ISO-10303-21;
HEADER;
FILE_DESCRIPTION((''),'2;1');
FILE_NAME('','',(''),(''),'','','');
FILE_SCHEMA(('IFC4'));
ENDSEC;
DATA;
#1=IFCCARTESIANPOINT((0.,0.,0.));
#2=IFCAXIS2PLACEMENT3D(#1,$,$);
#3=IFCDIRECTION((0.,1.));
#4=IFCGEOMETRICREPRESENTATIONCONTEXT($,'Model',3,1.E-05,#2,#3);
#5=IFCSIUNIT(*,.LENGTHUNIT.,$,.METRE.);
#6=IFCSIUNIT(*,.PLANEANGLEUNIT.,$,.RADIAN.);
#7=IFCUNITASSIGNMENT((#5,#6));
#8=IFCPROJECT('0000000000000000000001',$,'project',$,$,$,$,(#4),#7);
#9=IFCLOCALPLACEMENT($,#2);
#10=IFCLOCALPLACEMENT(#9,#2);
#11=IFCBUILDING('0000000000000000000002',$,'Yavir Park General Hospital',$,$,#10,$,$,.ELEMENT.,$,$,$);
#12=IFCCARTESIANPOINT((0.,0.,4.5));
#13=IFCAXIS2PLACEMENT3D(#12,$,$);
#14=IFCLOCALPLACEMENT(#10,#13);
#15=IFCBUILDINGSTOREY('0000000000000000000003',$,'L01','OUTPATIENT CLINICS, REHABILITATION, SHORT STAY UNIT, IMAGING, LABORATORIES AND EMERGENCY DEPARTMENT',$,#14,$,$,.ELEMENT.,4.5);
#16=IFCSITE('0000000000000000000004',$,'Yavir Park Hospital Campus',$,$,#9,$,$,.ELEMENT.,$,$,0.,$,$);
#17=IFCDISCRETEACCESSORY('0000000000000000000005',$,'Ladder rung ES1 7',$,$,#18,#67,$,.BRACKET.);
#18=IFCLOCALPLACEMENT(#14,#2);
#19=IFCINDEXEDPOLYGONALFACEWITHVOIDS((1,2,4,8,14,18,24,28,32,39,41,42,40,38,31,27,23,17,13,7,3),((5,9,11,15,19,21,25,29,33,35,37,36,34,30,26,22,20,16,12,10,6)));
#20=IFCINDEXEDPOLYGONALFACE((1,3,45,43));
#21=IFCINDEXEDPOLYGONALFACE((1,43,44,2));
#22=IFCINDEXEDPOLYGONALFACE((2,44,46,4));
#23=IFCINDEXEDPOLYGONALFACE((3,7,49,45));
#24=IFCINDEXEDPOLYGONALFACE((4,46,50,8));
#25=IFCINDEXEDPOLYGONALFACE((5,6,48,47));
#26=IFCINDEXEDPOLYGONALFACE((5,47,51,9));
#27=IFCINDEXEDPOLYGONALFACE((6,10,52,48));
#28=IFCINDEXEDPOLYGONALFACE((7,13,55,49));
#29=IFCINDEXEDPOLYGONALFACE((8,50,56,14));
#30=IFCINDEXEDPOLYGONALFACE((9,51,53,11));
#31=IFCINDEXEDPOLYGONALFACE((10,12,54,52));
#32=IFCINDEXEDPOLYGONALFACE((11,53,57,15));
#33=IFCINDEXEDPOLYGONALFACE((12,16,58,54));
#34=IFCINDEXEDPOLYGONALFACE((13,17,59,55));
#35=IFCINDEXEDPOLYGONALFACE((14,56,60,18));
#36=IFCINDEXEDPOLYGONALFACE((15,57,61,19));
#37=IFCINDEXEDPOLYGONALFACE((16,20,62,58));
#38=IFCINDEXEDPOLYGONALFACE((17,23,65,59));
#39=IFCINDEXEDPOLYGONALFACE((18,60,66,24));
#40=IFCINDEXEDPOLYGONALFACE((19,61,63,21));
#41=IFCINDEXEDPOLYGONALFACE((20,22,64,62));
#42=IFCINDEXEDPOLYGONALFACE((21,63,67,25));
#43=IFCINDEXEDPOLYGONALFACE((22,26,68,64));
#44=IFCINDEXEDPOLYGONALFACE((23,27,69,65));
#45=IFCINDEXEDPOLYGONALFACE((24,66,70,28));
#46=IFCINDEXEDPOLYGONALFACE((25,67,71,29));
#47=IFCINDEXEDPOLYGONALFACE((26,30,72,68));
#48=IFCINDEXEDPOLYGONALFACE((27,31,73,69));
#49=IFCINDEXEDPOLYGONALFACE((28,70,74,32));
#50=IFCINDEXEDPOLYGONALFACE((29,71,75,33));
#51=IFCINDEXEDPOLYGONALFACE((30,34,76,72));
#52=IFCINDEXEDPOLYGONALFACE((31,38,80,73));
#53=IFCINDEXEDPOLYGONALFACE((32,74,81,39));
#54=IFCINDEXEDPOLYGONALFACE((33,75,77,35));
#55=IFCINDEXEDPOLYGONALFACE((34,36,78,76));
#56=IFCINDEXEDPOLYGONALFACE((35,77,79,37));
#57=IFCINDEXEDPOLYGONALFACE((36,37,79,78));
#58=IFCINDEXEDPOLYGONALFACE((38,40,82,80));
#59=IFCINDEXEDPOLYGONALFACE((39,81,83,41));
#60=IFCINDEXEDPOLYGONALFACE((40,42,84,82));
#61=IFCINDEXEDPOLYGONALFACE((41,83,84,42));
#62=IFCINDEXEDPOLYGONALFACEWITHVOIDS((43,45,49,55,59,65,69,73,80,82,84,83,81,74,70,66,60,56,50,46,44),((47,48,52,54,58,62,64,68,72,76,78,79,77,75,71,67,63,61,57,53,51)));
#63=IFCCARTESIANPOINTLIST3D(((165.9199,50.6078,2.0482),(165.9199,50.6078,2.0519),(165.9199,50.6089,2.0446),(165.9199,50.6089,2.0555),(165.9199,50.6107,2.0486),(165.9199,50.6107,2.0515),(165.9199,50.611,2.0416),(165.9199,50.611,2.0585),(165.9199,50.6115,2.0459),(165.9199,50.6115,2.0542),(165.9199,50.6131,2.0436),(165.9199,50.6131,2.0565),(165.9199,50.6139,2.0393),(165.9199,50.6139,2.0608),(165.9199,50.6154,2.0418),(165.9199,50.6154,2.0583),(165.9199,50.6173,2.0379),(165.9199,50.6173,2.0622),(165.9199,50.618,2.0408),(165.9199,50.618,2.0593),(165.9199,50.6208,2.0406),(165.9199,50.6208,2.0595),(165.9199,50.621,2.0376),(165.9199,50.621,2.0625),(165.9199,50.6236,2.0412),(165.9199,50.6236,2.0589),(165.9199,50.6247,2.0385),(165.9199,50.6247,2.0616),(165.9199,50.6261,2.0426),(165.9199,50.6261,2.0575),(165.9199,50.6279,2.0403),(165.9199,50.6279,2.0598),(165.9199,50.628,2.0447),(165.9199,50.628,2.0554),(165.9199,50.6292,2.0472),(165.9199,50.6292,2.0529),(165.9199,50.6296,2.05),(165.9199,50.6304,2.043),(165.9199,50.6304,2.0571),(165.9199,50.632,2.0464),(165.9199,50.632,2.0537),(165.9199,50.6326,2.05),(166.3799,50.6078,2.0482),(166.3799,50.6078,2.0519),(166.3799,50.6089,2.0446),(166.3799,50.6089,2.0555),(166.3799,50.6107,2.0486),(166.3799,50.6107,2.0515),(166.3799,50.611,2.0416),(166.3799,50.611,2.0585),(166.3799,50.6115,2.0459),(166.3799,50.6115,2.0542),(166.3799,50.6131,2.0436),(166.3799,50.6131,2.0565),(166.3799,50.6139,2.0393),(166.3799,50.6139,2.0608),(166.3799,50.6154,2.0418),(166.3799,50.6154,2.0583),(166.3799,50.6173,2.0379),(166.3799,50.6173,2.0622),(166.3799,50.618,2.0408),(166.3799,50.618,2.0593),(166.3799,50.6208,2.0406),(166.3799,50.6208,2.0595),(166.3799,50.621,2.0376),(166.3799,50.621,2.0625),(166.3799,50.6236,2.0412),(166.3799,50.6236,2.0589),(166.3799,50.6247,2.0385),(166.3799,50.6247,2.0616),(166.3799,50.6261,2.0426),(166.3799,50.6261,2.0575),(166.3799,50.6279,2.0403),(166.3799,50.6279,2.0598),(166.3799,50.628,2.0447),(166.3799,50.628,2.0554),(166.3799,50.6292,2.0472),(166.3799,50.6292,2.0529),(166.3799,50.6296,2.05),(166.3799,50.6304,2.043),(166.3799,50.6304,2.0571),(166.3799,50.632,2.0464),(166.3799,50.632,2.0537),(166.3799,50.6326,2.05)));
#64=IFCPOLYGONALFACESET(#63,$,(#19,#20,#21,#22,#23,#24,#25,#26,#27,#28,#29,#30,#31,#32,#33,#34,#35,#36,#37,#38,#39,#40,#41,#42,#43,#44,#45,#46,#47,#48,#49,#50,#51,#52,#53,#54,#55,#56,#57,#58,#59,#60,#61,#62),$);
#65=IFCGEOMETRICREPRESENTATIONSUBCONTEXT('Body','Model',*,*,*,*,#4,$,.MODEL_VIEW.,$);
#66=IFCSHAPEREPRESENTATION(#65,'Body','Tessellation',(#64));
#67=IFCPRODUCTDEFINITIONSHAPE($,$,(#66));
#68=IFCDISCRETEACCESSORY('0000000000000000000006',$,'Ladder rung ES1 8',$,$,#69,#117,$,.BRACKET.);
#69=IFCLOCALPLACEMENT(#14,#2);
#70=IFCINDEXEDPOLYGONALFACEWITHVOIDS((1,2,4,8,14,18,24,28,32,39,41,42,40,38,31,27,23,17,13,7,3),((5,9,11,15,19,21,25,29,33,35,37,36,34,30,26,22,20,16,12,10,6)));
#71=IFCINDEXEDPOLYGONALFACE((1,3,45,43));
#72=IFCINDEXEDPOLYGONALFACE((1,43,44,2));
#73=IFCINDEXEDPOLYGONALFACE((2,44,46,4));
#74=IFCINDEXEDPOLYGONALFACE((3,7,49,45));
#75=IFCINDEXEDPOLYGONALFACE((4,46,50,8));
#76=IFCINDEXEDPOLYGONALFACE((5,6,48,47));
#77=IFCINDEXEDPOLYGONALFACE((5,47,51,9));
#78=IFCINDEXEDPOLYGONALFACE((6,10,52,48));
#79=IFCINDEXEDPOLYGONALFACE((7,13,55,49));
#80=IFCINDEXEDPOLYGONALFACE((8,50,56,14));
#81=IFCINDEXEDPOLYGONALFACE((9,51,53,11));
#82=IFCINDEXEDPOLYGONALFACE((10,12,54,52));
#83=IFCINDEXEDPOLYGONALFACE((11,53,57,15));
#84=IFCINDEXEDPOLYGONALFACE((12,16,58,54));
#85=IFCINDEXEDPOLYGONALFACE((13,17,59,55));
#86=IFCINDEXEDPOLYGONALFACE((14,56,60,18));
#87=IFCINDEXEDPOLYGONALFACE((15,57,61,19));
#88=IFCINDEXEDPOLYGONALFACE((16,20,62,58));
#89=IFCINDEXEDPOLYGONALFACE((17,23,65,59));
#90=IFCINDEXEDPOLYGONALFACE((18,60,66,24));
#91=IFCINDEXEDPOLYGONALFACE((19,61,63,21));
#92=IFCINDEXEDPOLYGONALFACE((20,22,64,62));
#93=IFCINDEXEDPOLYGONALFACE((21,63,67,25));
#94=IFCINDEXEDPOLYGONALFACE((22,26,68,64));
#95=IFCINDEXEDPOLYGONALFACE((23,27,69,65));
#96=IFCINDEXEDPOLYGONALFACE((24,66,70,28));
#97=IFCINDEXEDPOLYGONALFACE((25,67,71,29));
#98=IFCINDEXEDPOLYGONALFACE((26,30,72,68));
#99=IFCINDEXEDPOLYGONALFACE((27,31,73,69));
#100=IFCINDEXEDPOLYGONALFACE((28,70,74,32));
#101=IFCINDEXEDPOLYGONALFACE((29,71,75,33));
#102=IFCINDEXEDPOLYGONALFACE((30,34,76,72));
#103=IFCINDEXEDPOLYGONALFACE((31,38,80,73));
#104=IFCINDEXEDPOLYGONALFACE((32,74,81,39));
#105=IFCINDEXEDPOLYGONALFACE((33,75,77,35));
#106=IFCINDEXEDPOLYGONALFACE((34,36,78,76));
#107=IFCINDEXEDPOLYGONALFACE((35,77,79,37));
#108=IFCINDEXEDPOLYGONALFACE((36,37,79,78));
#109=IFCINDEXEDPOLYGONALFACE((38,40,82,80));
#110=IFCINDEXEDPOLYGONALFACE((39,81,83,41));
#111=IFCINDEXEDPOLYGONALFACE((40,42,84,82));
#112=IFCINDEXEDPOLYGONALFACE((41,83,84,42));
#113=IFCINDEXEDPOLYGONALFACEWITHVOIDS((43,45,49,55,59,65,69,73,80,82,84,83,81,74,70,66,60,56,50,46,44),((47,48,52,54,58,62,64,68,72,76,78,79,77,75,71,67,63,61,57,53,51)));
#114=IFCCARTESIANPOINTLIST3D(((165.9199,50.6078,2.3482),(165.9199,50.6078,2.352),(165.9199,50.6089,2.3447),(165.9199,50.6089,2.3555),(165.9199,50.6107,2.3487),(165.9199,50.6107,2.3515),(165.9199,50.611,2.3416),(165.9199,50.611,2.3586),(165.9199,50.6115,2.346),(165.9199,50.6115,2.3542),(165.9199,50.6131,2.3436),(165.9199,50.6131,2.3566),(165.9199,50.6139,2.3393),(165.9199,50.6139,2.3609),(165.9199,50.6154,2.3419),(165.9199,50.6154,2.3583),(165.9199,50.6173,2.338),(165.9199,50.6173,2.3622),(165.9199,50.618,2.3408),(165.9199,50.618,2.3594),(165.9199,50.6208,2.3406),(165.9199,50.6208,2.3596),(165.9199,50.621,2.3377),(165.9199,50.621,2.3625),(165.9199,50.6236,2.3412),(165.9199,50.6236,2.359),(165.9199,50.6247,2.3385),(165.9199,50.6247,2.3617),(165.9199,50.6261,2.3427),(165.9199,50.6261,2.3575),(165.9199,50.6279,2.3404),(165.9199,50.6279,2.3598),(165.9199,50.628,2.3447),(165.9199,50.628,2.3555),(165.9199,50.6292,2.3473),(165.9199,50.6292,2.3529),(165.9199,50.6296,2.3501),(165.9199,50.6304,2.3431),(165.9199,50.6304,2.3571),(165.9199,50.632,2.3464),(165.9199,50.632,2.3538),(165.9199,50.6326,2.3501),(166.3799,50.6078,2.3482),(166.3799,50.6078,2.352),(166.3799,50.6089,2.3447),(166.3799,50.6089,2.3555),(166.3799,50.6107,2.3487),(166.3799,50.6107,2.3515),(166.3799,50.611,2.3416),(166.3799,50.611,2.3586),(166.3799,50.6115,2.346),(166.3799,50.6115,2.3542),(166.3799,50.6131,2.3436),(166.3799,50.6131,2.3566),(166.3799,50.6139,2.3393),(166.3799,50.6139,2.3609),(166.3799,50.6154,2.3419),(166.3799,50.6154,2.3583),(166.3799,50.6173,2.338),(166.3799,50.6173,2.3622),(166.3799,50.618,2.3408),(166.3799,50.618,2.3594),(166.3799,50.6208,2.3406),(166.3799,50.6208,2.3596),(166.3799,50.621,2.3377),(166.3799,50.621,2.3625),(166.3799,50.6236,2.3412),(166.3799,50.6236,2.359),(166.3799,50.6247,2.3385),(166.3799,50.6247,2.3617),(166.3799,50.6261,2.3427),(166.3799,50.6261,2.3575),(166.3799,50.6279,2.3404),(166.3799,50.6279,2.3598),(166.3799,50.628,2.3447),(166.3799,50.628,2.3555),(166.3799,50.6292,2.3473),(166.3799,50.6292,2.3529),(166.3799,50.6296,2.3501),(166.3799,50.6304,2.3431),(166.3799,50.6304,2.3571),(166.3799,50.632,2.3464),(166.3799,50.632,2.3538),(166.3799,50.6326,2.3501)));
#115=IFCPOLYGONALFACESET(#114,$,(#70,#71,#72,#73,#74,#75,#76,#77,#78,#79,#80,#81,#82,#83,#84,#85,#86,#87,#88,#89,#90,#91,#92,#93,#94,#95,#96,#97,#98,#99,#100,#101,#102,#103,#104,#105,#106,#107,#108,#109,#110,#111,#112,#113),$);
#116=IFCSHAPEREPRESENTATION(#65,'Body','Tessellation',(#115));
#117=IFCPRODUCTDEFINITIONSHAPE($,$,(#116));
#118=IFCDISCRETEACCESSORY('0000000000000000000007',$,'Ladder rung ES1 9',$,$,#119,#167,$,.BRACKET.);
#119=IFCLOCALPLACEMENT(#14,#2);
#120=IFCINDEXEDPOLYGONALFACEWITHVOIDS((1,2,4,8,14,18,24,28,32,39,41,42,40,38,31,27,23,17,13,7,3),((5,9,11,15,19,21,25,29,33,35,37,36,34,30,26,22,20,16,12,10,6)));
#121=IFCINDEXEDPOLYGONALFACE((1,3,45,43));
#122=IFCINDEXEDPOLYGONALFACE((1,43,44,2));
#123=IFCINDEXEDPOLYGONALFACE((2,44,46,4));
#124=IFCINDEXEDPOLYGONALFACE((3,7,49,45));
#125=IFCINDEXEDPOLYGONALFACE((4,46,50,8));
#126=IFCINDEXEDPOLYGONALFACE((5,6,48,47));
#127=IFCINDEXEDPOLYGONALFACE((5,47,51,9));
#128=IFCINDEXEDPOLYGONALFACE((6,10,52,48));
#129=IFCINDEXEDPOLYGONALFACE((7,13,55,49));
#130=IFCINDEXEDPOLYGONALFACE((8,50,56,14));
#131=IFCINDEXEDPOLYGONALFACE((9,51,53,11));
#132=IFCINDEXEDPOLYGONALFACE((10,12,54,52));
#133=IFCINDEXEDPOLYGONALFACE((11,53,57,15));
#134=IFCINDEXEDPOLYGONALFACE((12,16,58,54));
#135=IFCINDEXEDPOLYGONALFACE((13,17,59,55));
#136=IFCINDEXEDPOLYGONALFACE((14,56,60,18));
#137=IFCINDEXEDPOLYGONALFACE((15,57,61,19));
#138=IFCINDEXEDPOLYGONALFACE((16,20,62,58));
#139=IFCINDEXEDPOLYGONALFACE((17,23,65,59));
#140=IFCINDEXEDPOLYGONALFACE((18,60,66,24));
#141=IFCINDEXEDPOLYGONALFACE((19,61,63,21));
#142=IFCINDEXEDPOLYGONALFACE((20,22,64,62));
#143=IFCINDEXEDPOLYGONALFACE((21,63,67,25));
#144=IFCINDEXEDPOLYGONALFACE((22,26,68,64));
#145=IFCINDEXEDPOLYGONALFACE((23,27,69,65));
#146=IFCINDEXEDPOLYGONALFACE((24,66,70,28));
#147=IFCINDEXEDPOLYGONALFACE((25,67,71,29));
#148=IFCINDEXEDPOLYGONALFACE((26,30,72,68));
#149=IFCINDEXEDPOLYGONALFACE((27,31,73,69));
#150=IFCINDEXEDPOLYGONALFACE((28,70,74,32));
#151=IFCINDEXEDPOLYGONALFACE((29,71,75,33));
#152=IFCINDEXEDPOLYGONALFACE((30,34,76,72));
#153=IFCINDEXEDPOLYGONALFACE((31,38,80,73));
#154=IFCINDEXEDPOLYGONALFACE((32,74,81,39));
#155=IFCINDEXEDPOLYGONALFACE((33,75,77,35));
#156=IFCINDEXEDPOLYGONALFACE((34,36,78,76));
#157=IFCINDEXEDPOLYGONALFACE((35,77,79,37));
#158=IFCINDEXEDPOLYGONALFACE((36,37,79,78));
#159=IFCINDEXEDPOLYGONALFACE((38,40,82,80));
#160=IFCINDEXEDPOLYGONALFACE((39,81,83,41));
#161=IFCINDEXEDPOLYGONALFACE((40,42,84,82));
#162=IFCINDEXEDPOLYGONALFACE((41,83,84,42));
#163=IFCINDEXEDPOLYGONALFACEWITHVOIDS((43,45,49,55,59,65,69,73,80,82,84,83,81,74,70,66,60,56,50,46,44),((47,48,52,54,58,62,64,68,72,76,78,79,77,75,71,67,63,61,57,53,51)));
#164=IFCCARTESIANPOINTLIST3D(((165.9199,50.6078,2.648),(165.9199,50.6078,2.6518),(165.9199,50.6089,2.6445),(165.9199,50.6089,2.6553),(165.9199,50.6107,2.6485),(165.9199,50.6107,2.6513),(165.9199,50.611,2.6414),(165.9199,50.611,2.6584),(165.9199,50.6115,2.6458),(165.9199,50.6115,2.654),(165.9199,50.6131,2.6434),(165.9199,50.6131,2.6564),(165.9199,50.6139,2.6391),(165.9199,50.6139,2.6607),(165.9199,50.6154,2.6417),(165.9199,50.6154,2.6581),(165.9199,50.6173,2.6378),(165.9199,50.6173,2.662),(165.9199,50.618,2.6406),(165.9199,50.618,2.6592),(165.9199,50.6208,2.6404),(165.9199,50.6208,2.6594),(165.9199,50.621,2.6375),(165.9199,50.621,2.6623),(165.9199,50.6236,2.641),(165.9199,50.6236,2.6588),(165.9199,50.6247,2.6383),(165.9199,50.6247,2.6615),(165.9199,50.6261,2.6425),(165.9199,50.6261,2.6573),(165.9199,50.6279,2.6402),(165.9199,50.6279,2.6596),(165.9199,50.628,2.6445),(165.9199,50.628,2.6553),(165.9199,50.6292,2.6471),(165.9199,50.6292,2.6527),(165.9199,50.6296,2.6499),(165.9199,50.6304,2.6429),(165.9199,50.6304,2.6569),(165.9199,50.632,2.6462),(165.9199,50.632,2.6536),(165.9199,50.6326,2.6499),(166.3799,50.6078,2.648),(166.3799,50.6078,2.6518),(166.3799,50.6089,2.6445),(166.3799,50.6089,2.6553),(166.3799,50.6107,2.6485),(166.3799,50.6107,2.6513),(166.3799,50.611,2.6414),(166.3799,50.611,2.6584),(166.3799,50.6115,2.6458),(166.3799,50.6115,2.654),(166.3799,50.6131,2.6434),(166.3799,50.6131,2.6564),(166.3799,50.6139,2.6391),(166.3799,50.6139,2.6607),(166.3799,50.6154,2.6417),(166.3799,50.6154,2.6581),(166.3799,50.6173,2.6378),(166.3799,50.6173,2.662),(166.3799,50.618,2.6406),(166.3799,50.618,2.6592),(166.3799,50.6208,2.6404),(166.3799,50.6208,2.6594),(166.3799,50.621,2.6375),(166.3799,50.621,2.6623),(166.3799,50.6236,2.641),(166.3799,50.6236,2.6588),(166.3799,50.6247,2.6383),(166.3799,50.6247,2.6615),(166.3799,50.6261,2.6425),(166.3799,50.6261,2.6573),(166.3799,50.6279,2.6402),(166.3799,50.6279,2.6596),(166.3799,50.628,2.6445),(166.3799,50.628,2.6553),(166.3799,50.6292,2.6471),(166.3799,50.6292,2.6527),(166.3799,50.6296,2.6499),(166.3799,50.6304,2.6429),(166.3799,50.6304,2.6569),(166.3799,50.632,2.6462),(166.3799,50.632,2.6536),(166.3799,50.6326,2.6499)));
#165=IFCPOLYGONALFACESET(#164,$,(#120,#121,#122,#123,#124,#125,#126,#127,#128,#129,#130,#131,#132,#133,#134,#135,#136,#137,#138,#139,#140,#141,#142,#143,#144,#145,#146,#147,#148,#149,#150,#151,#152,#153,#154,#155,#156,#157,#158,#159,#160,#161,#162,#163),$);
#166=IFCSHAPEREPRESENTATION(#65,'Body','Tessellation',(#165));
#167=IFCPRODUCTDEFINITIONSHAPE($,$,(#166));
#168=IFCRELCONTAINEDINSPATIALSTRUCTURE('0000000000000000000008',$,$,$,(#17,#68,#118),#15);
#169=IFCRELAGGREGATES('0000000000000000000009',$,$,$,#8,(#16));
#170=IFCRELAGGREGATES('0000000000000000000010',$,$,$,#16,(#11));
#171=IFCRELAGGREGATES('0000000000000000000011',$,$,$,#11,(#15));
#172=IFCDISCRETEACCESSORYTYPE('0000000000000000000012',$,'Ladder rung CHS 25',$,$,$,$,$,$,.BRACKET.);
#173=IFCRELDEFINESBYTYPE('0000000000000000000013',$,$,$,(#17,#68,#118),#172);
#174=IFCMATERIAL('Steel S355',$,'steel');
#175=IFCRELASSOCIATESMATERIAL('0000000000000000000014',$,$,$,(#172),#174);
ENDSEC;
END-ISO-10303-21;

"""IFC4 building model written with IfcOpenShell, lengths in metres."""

from ifc_helpers import new_model, si_unit, direction, frame, origin, origin_2d, place, context, subcontext, project, spatial, hollow_circle, extrude, material, material_profile, profile_set, type_object, element, save


model = new_model("IFC4")

# Units and contexts
model_context = context("Model", 3, precision=1e-05, world=origin(), true_north=direction((0.0, 1.0)))
body_context = subcontext(model_context, "Body", "Model", "MODEL_VIEW")
ifc_project = project(units=[si_unit("LENGTHUNIT", "METRE"), si_unit("PLANEANGLEUNIT", "RADIAN")], contexts=[model_context])

# Site, building, storey
site_placement = place(None, origin())
site = spatial("IfcSite", under=ifc_project, at=site_placement, Name="Yavir Park Hospital Campus", CompositionType="ELEMENT", RefElevation=0.0)
building_placement = place(site_placement, origin())
building = spatial("IfcBuilding", under=site, at=building_placement, Name="Yavir Park General Hospital", CompositionType="ELEMENT")
storey_placement = place(building_placement, frame((0.0, 0.0, 4.5)))
storey = spatial("IfcBuildingStorey", under=building, at=storey_placement, Name="L01", Description="OUTPATIENT CLINICS, REHABILITATION, SHORT STAY UNIT, IMAGING, LABORATORIES AND EMERGENCY DEPARTMENT", CompositionType="ELEMENT", Elevation=4.5)

# Discrete accessories
ifc_material_1 = material(Name="Steel S355", Category="steel")
ifc_material_profile_1 = material_profile(ifc_material_1, hollow_circle(Radius=0.0125, WallThickness=0.0029, at=origin_2d()), Name="CHS25x3")
ifc_profile_set_1 = profile_set([ifc_material_profile_1], Name="Steel S355")
discrete_accessory_type_1 = type_object("IfcDiscreteAccessoryType", Name="Ladder rung CHS 25", PredefinedType="BRACKET", material=ifc_profile_set_1)
for number, where, z_axis, x_axis, name in (
    (1, (165.9199, 50.6201, 2.05), (1.0, 0.0, 0.0), (0.0, 1.0, 0.0), "Ladder rung ES1 7"),
    (2, (165.9199, 50.6201, 2.3501), (1.0, 0.0, 0.0), (0.0, 1.0, 0.0), "Ladder rung ES1 8"),
    (3, (165.9199, 50.6201, 2.6499), (1.0, 0.0, 0.0), (0.0, 1.0, 0.0), "Ladder rung ES1 9"),
):
    element("IfcDiscreteAccessory", number, at=place(storey_placement, frame(where, z_axis=z_axis, x_axis=x_axis)), inside=storey, type_object=discrete_accessory_type_1, Name=name, PredefinedType="BRACKET", context=body_context, shape_type="SweptSolid", body=[
        extrude(hollow_circle(Radius=0.0125, WallThickness=0.0029, at=origin_2d()), origin(), (0.0, 0.0, 1.0), 0.46),
    ])

save(model, "model.ifc")
